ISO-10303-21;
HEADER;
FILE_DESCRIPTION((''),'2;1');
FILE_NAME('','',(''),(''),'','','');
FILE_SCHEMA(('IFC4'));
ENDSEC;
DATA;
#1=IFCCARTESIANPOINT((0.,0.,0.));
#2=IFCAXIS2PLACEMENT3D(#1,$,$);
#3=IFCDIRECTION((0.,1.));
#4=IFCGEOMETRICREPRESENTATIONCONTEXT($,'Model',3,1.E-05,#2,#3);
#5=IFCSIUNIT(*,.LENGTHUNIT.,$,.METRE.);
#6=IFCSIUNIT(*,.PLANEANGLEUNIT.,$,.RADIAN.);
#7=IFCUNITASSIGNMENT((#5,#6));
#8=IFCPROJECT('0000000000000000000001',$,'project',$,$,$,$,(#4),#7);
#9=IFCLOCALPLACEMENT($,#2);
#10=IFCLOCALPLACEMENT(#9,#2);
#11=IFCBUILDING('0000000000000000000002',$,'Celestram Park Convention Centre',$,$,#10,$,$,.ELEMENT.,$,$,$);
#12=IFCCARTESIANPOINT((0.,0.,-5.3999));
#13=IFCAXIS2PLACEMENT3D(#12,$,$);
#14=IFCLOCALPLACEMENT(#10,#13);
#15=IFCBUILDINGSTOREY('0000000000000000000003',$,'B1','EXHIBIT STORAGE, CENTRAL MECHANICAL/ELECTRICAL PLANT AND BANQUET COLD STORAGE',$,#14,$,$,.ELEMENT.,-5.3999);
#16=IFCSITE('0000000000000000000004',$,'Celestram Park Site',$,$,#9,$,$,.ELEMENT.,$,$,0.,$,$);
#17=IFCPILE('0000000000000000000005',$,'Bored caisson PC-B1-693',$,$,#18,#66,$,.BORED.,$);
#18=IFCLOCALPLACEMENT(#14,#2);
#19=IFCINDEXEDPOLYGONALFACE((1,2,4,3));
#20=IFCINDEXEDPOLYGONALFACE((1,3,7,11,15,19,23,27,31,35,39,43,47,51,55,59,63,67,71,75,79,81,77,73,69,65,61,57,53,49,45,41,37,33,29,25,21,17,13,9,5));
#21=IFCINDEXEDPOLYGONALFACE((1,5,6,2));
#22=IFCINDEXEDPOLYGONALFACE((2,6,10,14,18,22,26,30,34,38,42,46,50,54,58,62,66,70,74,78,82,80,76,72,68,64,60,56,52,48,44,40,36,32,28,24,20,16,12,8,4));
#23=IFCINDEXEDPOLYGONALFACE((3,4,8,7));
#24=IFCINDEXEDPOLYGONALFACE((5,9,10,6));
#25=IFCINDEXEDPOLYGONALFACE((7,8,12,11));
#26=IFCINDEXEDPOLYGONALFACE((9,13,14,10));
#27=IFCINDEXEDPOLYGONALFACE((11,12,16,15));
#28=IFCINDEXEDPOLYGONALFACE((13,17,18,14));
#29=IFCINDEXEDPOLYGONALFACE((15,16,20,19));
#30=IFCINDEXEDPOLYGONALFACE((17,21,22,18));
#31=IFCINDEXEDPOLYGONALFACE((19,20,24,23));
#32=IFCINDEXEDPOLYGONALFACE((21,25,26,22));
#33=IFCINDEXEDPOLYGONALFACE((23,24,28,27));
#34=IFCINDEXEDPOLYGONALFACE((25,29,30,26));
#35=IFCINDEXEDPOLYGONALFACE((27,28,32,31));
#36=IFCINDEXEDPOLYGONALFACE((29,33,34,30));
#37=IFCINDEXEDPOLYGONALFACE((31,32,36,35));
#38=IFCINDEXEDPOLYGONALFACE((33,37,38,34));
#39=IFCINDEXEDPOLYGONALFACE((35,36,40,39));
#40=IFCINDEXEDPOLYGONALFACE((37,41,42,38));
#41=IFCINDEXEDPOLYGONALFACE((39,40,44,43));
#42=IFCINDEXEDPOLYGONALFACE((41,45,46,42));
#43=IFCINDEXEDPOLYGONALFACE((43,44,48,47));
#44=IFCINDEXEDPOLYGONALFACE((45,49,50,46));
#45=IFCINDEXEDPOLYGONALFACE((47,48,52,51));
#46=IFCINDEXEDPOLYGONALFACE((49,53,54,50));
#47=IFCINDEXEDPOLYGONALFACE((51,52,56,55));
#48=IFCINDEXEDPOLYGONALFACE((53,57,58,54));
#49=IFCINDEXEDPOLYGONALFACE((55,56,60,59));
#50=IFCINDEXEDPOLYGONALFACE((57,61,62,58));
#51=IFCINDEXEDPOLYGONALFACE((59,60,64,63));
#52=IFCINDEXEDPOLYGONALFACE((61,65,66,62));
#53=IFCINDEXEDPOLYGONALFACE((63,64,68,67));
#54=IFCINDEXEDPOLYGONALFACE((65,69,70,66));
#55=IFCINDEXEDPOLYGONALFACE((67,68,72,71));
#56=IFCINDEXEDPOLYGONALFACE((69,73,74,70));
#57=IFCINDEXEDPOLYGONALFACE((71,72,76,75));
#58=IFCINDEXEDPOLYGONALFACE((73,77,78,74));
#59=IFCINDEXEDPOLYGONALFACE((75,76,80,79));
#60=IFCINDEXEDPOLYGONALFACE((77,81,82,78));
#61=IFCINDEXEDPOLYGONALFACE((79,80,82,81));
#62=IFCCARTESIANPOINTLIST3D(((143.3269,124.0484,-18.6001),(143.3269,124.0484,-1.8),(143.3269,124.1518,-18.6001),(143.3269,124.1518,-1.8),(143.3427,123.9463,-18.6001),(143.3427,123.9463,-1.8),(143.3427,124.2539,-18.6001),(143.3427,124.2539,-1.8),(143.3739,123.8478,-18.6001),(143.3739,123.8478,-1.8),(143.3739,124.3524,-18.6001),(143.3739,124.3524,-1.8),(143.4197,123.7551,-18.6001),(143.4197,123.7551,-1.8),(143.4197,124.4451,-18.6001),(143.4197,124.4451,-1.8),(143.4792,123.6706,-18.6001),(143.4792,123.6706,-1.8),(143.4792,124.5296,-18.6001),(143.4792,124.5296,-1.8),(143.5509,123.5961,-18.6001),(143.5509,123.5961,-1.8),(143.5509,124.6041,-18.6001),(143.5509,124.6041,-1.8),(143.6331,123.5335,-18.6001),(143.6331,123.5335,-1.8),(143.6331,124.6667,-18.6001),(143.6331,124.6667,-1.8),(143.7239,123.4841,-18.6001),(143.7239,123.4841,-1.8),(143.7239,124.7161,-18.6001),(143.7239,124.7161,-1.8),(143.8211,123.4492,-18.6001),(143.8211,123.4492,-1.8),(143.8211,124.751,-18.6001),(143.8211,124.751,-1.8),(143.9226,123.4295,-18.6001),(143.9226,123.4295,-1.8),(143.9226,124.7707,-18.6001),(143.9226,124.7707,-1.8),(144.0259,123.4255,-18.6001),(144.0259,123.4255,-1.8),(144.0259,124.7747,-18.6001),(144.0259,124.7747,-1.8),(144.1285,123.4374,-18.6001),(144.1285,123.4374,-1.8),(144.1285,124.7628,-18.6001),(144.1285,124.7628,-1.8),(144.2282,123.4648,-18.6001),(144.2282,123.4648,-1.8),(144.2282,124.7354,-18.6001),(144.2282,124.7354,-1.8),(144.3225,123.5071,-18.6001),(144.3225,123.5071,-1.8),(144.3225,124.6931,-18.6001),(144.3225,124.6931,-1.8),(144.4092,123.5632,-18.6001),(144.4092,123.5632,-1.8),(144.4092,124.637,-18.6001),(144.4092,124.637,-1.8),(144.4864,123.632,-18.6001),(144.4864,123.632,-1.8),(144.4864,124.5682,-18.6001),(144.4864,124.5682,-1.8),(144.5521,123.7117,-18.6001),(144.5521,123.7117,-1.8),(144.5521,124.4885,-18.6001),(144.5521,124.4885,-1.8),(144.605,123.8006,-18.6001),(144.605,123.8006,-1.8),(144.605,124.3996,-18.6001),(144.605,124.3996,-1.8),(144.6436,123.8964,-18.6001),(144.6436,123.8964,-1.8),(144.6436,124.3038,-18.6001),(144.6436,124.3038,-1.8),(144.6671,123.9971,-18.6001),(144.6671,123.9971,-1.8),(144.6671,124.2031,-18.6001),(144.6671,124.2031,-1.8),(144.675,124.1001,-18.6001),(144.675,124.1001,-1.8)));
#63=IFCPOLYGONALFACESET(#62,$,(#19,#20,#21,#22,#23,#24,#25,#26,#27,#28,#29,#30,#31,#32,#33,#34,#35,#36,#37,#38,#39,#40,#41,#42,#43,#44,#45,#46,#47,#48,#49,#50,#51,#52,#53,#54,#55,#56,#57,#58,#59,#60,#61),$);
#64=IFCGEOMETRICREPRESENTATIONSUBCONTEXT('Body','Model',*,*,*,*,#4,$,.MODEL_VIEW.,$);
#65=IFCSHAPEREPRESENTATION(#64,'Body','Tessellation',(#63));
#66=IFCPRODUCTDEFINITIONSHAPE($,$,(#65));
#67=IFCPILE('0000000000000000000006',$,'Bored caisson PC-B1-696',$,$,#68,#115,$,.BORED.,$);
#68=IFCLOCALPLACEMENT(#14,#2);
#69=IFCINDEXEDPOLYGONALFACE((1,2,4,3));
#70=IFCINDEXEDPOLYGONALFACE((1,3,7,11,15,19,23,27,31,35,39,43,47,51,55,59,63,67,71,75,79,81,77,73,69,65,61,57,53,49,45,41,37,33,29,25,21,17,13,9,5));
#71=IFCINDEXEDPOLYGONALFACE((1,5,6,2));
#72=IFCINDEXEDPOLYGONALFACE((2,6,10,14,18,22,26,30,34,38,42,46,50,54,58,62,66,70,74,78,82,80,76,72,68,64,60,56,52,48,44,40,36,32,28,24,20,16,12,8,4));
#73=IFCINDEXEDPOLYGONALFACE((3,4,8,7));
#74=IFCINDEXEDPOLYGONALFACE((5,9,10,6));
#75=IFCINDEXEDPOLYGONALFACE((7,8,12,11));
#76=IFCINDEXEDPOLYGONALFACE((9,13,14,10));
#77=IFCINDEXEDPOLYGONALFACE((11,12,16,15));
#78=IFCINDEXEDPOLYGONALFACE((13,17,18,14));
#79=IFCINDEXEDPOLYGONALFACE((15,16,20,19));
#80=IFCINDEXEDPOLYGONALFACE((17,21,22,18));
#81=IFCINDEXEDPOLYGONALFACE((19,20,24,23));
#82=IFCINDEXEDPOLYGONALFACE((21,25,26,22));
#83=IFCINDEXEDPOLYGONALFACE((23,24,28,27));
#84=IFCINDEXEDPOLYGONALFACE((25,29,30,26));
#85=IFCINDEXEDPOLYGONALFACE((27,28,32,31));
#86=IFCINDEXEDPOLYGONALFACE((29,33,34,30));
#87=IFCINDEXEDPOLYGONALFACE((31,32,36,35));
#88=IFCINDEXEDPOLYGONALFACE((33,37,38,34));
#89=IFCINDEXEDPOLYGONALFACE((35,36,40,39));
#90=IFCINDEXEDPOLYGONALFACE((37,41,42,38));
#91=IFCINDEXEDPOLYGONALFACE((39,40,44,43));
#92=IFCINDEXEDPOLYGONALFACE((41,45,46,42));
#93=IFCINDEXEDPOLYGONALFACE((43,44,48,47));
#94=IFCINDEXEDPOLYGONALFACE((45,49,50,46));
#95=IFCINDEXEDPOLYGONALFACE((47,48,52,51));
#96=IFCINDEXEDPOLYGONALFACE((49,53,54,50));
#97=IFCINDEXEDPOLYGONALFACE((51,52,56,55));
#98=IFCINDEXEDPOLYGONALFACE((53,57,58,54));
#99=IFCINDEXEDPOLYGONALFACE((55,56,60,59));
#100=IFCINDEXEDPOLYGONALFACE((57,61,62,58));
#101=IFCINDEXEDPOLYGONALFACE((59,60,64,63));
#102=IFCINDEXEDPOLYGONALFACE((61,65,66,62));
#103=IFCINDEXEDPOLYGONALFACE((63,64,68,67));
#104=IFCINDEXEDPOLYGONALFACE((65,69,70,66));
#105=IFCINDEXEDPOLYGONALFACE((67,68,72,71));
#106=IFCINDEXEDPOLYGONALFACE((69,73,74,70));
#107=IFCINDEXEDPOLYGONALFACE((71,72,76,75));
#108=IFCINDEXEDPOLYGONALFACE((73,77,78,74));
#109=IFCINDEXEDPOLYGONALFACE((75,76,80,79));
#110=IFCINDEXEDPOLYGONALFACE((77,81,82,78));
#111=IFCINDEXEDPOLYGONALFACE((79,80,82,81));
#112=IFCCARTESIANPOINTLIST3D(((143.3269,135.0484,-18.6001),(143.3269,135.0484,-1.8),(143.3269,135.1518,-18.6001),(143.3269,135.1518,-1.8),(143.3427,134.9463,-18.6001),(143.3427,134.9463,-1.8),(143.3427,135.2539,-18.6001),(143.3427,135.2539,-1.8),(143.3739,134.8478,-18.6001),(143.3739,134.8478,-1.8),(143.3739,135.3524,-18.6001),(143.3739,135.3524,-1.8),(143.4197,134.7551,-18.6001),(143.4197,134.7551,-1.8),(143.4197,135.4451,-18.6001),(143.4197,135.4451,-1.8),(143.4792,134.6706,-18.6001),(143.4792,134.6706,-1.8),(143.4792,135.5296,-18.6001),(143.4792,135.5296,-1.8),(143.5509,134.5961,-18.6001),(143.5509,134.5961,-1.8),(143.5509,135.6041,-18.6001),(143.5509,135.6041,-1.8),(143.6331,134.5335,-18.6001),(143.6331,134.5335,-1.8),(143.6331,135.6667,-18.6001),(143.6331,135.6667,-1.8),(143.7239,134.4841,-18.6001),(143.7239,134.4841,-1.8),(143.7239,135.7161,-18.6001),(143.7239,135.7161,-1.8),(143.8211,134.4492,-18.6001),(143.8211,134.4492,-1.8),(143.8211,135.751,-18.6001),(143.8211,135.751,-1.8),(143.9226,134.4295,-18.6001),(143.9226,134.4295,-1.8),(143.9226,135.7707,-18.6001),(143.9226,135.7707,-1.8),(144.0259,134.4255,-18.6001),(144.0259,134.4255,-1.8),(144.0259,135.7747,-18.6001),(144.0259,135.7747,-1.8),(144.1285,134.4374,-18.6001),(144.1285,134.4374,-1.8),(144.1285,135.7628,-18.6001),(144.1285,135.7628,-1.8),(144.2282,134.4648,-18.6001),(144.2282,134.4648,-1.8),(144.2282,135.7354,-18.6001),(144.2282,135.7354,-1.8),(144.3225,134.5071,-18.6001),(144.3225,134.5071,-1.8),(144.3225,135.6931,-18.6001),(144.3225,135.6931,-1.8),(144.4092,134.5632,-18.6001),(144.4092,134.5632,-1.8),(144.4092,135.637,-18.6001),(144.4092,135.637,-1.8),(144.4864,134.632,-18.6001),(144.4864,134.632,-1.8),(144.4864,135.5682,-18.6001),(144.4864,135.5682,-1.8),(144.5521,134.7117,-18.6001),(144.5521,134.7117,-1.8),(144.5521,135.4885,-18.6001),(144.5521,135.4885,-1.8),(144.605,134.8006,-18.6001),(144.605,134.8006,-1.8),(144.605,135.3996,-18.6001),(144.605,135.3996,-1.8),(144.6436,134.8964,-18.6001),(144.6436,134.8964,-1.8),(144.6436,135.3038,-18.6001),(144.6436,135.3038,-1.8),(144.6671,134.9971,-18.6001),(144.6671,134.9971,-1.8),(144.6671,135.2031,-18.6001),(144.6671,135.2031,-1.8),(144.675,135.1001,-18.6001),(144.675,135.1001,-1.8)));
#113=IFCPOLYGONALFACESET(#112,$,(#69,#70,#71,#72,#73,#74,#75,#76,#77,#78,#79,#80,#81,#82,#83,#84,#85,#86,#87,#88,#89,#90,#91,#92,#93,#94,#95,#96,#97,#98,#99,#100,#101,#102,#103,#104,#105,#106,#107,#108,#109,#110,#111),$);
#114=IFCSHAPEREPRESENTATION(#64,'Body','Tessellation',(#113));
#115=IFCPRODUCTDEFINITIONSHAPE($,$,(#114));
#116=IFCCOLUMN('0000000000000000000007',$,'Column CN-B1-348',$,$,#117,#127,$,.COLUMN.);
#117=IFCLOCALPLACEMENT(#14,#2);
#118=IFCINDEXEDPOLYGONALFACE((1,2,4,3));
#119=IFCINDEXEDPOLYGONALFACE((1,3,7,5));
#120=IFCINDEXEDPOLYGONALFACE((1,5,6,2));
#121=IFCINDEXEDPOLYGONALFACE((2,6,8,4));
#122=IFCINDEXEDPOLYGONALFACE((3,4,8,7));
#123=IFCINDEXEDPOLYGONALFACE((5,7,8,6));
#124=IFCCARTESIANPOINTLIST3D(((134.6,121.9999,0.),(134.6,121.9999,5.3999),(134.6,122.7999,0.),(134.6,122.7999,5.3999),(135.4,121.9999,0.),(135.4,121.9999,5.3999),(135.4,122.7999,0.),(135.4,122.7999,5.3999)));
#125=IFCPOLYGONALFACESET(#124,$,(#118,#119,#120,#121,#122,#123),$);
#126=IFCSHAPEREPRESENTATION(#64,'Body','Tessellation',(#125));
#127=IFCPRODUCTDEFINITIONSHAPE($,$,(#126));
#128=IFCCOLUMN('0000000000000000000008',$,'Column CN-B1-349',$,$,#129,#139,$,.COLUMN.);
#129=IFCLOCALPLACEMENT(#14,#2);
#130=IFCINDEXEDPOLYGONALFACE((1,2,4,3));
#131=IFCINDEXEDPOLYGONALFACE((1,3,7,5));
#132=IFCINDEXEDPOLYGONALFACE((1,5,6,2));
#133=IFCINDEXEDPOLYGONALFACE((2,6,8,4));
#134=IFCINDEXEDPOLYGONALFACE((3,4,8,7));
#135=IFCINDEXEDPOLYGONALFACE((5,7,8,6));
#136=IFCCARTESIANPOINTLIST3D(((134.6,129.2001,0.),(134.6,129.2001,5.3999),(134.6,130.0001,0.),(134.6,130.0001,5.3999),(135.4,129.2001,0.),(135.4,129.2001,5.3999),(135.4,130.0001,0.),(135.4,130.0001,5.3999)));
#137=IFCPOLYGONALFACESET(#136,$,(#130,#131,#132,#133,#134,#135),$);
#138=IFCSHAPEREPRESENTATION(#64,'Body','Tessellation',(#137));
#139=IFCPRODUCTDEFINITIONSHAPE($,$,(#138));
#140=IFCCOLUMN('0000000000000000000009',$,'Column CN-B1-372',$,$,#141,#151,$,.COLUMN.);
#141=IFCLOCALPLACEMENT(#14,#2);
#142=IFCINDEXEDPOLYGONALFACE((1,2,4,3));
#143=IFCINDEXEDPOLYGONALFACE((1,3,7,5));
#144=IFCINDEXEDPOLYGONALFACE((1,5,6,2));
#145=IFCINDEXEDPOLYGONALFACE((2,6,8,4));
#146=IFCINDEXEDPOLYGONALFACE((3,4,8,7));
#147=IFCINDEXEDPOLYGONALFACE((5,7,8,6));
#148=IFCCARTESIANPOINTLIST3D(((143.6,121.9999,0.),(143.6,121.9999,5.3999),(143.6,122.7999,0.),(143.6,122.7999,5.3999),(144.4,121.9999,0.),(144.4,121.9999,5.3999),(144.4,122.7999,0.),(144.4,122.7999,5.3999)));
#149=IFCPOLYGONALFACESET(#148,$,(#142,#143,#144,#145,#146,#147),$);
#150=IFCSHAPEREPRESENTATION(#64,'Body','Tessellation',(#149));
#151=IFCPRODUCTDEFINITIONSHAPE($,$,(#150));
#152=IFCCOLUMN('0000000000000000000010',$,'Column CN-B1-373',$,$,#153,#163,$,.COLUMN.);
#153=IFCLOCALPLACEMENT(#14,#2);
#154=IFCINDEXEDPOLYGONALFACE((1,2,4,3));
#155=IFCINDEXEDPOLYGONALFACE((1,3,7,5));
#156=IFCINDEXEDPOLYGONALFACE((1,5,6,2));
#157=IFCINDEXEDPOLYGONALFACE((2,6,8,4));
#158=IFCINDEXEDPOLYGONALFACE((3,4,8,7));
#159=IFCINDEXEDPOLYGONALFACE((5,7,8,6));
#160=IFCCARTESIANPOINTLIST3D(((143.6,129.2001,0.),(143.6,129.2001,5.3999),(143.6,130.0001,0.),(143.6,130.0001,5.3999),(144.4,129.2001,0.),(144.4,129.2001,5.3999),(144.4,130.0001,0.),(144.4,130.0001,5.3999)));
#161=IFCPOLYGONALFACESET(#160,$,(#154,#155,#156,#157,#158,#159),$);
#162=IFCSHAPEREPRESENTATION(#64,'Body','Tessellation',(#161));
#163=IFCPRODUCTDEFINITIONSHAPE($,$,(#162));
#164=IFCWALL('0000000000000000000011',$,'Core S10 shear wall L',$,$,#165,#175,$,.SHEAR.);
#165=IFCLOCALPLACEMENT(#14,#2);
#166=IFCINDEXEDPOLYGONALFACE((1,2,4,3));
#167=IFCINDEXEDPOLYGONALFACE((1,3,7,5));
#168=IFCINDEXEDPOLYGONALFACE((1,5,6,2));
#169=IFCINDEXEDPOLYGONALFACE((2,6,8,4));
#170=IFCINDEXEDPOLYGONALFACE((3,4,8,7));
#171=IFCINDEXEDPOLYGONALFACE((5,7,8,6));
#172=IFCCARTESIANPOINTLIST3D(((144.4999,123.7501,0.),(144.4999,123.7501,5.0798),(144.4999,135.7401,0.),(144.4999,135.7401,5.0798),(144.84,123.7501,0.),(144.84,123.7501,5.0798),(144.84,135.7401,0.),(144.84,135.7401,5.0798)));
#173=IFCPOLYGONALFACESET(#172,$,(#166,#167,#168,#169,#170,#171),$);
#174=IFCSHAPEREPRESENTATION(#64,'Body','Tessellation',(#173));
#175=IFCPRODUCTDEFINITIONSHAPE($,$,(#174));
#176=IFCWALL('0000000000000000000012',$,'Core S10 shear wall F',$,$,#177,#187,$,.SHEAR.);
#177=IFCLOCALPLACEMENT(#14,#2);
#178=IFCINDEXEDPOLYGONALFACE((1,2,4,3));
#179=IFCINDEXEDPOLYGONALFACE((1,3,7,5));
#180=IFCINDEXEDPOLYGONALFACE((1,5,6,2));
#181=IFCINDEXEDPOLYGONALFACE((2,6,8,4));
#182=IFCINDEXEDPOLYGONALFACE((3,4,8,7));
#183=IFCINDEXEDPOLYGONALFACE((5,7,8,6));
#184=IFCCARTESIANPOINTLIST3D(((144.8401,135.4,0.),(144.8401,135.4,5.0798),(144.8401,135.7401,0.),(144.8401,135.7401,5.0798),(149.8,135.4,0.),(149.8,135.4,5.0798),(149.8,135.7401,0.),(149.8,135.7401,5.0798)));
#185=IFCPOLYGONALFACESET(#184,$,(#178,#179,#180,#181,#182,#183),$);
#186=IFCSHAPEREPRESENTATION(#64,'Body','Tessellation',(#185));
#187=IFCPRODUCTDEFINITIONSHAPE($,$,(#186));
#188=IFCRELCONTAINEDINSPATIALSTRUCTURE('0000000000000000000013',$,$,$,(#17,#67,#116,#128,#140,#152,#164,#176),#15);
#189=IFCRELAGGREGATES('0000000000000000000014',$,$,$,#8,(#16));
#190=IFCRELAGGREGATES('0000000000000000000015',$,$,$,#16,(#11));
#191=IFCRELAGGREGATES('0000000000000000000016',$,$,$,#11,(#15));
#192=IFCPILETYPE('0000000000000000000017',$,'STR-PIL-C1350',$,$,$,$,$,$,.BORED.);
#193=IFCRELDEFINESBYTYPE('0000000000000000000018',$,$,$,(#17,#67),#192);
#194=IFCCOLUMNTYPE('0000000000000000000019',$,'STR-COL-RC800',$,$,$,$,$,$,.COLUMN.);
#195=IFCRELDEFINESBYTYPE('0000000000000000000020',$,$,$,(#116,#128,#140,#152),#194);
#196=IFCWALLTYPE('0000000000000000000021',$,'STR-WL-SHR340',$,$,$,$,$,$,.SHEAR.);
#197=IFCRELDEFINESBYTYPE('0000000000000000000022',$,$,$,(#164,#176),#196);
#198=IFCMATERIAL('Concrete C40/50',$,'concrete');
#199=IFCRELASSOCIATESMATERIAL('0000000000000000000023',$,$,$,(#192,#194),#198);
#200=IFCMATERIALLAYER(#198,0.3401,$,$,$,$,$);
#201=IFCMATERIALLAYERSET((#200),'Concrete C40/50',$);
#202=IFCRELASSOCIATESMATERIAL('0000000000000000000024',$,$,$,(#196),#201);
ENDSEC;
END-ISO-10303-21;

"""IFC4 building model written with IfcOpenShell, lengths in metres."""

from ifc_helpers import new_model, si_unit, direction, frame, frame_2d, origin, origin_2d, place, context, subcontext, project, spatial, rectangle, circle, extrude, material, layer, layer_set, material_profile, profile_set, type_object, element, save


model = new_model("IFC4")

# Units and contexts
model_context = context("Model", 3, precision=1e-05, world=origin(), true_north=direction((0.0, 1.0)))
body_context = subcontext(model_context, "Body", "Model", "MODEL_VIEW")
ifc_project = project(units=[si_unit("LENGTHUNIT", "METRE"), si_unit("PLANEANGLEUNIT", "RADIAN")], contexts=[model_context])

# Site, building, storey
site_placement = place(None, origin())
site = spatial("IfcSite", under=ifc_project, at=site_placement, Name="Celestram Park Site", CompositionType="ELEMENT", RefElevation=0.0)
building_placement = place(site_placement, origin())
building = spatial("IfcBuilding", under=site, at=building_placement, Name="Celestram Park Convention Centre", CompositionType="ELEMENT")
storey_placement = place(building_placement, frame((0.0, 0.0, -5.3999)))
storey = spatial("IfcBuildingStorey", under=building, at=storey_placement, Name="B1", Description="EXHIBIT STORAGE, CENTRAL MECHANICAL/ELECTRICAL PLANT AND BANQUET COLD STORAGE", CompositionType="ELEMENT", Elevation=-5.3999)

# Shared definitions
ifc_material_1 = material(Name="Concrete C40/50", Category="concrete")

# Piles
ifc_material_profile_1 = material_profile(ifc_material_1, circle(Radius=0.675, at=origin_2d()), Name="CAISSON1350")
ifc_profile_set_1 = profile_set([ifc_material_profile_1], Name="Concrete C40/50")
pile_type_1 = type_object("IfcPileType", Name="STR-PIL-C1350", PredefinedType="BORED", material=ifc_profile_set_1)
for number, where, z_axis, x_axis, name in (
    (1, (144.0, 124.1001, -1.8), (0.0, 0.0, -1.0), (1.0, 0.0, 0.0), "Bored caisson PC-B1-693"),
    (2, (144.0, 135.1001, -1.8), (0.0, 0.0, -1.0), (1.0, 0.0, 0.0), "Bored caisson PC-B1-696"),
):
    element("IfcPile", number, at=place(storey_placement, frame(where, z_axis=z_axis, x_axis=x_axis)), inside=storey, type_object=pile_type_1, Name=name, PredefinedType="BORED", context=body_context, shape_type="SweptSolid", body=[
        extrude(circle(Radius=0.675, at=origin_2d()), origin(), (0.0, 0.0, 1.0), 16.8),
    ])

# Columns
ifc_material_profile_2 = material_profile(ifc_material_1, rectangle(XDim=0.8, YDim=0.8, at=origin_2d()), Name="RC800X800")
ifc_profile_set_2 = profile_set([ifc_material_profile_2], Name="Concrete C40/50")
column_type = type_object("IfcColumnType", Name="STR-COL-RC800", PredefinedType="COLUMN", material=ifc_profile_set_2)
for number, where, z_axis, x_axis, name in (
    (3, (135.0, 122.3999, 0.0), (0.0, 0.0, 1.0), (1.0, 0.0, 0.0), "Column CN-B1-348"),
    (4, (135.0, 129.6001, 0.0), (0.0, 0.0, 1.0), (1.0, 0.0, 0.0), "Column CN-B1-349"),
    (5, (144.0, 122.3999, 0.0), (0.0, 0.0, 1.0), (1.0, 0.0, 0.0), "Column CN-B1-372"),
    (6, (144.0, 129.6001, 0.0), (0.0, 0.0, 1.0), (1.0, 0.0, 0.0), "Column CN-B1-373"),
):
    element("IfcColumn", number, at=place(storey_placement, frame(where, z_axis=z_axis, x_axis=x_axis)), inside=storey, type_object=column_type, Name=name, PredefinedType="COLUMN", context=body_context, shape_type="SweptSolid", body=[
        extrude(rectangle(XDim=0.8, YDim=0.8, at=origin_2d()), origin(), (0.0, 0.0, 1.0), 5.3999),
    ])

# Walls
ifc_layer = layer(ifc_material_1, 0.3401)
ifc_layer_set = layer_set([ifc_layer], Name="Concrete C40/50")
wall_type = type_object("IfcWallType", Name="STR-WL-SHR340", PredefinedType="SHEAR", material=ifc_layer_set)
wall_1_placement = place(storey_placement, frame((144.6699, 123.75, 0.0), z_axis=(0.0, 0.0, 1.0), x_axis=(0.0, 1.0, 0.0)))
element("IfcWall", 7, at=wall_1_placement, inside=storey, type_object=wall_type, Name="Core S10 shear wall L", PredefinedType="SHEAR", context=body_context, shape_type="SweptSolid", body=[
    extrude(rectangle(XDim=11.99, YDim=0.3401, at=frame_2d((5.9951, 0.0))), origin(), (0.0, 0.0, 1.0), 5.0798),
])
wall_2_placement = place(storey_placement, frame((144.8401, 135.5701, 0.0), z_axis=(0.0, 0.0, 1.0), x_axis=(1.0, 0.0, 0.0)))
element("IfcWall", 8, at=wall_2_placement, inside=storey, type_object=wall_type, Name="Core S10 shear wall F", PredefinedType="SHEAR", context=body_context, shape_type="SweptSolid", body=[
    extrude(rectangle(XDim=4.96, YDim=0.3401, at=frame_2d((2.48, 0.0))), origin(), (0.0, 0.0, 1.0), 5.0798),
])

save(model, "model.ifc")
